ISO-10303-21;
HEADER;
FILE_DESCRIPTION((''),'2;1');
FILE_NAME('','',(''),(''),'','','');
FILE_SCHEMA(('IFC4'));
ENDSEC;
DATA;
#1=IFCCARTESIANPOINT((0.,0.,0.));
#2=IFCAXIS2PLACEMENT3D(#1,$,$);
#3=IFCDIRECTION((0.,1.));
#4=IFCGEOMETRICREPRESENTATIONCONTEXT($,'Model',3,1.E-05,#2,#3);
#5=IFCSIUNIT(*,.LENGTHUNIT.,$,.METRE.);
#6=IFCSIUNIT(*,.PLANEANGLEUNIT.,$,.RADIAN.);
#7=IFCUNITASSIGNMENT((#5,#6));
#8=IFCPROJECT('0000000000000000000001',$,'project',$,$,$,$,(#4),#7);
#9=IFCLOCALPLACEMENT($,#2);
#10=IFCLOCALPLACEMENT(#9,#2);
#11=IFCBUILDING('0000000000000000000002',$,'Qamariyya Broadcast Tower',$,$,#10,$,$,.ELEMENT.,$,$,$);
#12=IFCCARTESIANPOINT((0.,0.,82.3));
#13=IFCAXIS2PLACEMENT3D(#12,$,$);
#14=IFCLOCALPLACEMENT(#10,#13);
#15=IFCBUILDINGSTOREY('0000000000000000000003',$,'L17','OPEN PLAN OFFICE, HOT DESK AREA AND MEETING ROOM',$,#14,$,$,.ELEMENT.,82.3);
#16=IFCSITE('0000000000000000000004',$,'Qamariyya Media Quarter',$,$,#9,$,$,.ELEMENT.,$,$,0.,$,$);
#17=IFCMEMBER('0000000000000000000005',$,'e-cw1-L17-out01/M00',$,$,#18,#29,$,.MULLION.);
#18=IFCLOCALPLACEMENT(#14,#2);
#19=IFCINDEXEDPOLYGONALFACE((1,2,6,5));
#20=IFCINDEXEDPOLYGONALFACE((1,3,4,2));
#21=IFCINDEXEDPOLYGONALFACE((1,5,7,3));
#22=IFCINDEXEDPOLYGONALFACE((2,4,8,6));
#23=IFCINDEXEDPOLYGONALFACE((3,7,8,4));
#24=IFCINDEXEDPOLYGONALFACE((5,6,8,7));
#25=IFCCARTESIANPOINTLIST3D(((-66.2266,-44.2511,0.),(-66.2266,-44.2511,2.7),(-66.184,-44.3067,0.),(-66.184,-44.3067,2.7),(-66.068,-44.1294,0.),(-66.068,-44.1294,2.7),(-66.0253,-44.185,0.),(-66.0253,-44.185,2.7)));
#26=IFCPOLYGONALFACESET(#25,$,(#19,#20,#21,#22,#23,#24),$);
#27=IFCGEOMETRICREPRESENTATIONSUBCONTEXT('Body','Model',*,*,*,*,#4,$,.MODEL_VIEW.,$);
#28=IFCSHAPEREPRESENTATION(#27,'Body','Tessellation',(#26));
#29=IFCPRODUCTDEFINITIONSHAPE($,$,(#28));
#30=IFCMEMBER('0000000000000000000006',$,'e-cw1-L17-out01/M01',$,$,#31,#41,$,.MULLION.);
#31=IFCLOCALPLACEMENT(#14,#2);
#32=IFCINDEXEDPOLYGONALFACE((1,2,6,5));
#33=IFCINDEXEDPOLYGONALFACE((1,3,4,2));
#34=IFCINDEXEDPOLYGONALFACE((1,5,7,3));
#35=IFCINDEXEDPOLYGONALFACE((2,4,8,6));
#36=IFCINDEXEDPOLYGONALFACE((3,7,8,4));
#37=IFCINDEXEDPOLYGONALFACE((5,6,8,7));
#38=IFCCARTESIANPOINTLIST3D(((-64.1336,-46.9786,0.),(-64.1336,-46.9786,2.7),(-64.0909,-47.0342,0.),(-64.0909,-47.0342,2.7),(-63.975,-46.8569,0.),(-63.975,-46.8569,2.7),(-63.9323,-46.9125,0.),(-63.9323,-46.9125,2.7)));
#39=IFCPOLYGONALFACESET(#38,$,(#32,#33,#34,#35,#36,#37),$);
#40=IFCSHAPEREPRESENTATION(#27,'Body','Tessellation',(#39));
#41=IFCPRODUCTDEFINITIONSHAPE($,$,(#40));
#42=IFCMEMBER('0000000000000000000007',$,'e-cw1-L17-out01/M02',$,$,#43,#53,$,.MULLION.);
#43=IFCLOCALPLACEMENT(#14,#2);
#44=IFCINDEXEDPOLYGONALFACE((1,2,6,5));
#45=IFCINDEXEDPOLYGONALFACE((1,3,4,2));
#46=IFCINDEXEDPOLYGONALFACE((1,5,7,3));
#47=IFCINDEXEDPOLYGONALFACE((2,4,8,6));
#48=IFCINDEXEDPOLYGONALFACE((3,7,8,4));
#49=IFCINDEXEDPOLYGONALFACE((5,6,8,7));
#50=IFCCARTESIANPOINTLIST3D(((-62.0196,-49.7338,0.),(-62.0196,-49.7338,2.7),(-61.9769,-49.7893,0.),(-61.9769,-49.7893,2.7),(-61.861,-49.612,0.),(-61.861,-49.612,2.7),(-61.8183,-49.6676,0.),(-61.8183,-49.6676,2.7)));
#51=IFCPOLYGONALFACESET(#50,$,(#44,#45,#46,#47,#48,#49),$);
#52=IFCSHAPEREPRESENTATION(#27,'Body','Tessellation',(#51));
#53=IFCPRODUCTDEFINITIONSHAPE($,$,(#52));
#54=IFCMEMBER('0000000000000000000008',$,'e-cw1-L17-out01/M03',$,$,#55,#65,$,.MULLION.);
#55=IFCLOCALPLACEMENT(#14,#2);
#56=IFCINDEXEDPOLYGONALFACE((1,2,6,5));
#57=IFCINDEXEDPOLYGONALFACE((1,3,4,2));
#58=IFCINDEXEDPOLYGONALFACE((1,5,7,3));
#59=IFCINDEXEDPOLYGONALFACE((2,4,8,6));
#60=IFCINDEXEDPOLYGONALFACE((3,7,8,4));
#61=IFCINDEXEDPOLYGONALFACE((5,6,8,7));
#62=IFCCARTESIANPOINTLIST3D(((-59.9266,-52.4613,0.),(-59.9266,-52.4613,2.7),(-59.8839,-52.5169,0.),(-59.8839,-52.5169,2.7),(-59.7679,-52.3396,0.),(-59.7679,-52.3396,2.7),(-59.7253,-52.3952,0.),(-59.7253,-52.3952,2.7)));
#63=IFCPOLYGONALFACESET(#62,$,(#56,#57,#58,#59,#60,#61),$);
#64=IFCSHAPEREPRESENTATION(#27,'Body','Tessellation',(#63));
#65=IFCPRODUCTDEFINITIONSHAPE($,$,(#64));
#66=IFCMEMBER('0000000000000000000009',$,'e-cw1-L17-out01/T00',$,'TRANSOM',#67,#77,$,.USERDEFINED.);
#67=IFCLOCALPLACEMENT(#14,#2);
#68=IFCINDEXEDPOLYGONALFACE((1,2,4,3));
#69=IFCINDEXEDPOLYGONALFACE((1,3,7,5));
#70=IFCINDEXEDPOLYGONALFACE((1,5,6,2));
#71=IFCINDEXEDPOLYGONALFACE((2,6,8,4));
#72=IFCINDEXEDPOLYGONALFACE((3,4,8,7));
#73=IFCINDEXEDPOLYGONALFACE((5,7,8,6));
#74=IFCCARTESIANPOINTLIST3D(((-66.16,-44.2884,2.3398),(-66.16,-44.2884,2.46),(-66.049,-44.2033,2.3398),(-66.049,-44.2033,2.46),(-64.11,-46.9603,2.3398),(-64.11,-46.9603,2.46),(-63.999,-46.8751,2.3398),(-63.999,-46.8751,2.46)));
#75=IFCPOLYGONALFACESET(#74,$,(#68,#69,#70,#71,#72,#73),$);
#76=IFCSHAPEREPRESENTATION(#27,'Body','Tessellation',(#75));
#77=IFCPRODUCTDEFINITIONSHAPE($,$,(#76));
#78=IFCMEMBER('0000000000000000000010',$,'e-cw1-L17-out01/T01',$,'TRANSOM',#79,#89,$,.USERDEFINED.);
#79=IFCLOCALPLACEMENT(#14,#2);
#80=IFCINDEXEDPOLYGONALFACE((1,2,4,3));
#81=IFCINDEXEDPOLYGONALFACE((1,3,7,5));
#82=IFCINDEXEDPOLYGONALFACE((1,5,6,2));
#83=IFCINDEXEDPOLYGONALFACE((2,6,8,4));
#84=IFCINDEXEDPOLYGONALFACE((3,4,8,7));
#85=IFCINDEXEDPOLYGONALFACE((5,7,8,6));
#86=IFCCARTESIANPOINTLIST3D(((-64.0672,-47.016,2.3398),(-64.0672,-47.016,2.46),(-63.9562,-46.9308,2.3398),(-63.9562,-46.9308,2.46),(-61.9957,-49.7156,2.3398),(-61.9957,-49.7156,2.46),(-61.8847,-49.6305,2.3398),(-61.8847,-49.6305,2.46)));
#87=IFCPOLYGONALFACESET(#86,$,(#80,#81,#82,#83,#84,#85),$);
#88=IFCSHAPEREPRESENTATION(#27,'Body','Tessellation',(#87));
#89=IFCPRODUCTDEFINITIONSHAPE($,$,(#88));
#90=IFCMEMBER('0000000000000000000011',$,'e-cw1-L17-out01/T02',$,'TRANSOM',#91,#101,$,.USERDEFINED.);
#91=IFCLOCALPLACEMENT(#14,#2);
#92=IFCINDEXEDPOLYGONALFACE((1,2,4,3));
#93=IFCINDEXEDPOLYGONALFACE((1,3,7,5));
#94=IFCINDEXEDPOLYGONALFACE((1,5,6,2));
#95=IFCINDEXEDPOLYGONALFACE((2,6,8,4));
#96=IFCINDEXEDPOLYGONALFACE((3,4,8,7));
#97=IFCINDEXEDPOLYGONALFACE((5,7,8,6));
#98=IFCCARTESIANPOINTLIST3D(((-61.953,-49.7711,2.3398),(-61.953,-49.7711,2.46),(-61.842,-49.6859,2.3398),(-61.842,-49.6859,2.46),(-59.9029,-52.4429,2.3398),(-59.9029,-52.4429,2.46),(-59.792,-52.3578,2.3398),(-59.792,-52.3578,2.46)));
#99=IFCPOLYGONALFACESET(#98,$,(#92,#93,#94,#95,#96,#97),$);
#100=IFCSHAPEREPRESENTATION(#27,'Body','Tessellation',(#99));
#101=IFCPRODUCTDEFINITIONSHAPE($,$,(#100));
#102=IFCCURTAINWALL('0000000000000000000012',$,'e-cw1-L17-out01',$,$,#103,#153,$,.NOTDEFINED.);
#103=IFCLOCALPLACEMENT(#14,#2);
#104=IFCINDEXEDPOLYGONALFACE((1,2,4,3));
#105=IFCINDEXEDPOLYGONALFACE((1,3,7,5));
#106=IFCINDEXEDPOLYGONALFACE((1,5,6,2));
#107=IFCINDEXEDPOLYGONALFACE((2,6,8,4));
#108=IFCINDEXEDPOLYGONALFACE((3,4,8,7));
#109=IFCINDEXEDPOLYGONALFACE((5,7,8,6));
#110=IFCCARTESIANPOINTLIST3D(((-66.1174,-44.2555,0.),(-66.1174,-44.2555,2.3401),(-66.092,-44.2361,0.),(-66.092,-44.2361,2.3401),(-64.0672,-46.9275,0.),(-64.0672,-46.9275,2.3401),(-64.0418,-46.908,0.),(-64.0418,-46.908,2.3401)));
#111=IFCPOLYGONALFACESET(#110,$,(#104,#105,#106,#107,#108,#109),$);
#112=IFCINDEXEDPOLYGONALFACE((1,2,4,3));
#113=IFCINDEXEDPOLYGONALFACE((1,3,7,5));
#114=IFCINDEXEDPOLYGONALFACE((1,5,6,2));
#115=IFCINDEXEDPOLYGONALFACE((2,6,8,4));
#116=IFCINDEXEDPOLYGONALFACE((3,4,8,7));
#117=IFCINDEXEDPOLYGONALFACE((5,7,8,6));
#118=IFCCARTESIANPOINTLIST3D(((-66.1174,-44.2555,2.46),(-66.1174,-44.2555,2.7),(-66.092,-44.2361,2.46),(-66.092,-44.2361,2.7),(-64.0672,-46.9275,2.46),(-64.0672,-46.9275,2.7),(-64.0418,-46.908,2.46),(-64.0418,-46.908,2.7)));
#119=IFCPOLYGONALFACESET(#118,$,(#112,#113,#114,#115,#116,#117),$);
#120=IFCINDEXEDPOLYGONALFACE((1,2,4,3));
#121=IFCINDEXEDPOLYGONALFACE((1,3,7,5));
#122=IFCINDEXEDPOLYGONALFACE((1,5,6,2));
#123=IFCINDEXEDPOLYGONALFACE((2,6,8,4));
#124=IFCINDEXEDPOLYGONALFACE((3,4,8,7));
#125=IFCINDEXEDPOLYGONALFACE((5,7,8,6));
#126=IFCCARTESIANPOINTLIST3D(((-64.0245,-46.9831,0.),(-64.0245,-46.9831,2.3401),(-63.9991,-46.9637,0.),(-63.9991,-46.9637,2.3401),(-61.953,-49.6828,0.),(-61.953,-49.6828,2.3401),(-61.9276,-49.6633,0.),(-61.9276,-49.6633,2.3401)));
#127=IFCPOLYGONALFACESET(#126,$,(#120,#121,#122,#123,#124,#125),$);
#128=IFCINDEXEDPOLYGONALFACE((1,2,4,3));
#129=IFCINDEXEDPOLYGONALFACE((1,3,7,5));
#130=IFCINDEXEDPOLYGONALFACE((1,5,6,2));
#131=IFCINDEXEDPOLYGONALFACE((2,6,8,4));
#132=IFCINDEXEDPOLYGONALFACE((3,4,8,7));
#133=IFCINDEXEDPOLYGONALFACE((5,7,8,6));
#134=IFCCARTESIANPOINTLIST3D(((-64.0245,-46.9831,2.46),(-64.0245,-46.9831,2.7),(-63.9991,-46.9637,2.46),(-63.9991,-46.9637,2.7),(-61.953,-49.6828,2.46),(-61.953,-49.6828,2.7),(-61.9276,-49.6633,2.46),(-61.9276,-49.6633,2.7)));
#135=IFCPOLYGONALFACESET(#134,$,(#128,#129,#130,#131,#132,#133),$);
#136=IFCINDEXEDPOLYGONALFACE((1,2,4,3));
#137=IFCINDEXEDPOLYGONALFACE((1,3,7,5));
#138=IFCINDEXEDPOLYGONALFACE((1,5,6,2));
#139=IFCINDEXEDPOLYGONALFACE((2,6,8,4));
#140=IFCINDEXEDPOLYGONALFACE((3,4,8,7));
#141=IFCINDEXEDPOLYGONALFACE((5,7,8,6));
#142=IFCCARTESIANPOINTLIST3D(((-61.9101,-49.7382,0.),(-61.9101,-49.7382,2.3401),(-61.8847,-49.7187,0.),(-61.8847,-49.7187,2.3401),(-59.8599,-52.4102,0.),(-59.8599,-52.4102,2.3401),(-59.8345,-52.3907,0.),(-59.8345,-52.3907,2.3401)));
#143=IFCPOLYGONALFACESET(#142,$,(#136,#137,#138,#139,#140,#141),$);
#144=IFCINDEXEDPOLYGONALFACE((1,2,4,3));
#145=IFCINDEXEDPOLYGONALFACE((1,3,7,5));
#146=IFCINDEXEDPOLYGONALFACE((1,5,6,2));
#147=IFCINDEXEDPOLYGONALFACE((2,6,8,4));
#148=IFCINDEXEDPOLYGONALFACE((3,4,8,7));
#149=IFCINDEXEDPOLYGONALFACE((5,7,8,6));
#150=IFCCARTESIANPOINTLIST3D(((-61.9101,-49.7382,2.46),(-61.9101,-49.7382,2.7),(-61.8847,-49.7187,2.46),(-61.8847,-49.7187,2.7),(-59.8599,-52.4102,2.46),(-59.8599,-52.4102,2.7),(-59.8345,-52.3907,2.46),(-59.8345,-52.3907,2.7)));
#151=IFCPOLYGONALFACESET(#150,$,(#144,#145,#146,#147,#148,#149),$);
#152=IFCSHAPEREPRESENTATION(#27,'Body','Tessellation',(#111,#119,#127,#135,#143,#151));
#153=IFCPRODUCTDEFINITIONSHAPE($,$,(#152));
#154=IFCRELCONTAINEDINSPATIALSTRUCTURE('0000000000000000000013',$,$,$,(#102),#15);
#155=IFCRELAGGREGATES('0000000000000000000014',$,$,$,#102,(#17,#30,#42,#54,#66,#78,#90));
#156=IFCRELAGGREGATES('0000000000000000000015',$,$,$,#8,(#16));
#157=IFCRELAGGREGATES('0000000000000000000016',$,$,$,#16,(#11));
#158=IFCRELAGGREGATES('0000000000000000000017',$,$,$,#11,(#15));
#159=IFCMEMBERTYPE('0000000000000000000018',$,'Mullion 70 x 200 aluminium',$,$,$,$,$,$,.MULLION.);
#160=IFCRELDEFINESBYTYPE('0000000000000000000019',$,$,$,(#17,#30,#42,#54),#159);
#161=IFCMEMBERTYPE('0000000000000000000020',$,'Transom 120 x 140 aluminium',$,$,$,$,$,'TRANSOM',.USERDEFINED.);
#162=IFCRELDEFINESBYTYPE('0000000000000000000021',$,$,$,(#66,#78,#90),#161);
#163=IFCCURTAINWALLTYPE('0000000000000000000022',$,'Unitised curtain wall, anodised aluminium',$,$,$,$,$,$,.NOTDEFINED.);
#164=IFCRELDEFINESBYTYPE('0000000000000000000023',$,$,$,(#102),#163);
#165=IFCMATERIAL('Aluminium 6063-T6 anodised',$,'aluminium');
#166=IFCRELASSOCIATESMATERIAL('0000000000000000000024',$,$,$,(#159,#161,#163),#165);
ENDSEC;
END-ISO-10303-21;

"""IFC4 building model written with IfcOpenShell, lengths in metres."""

from ifc_helpers import new_model, si_unit, direction, frame, origin, origin_2d, place, context, subcontext, project, spatial, rectangle, extrude, material, material_profile, profile_set, type_object, element, aggregate, save


model = new_model("IFC4")

# Units and contexts
model_context = context("Model", 3, precision=1e-05, world=origin(), true_north=direction((0.0, 1.0)))
body_context = subcontext(model_context, "Body", "Model", "MODEL_VIEW")
ifc_project = project(units=[si_unit("LENGTHUNIT", "METRE"), si_unit("PLANEANGLEUNIT", "RADIAN")], contexts=[model_context])

# Members
ifc_material_1 = material(Name="Aluminium 6063-T6 anodised", Category="aluminium")
ifc_material_profile_1 = material_profile(ifc_material_1, rectangle(XDim=0.2, YDim=0.0701, at=origin_2d()))
ifc_profile_set_1 = profile_set([ifc_material_profile_1], Name="Aluminium 6063-T6 anodised")
member_type_1 = type_object("IfcMemberType", Name="Mullion 70 x 200 aluminium", PredefinedType="MULLION", material=ifc_profile_set_1)
site_placement = place(None, origin())
building_placement = place(site_placement, origin())
storey_placement = place(building_placement, frame((0.0, 0.0, 82.3)))
member_1_placement = place(storey_placement, frame((-66.126, -44.218, 0.0), z_axis=(0.0, 0.0, 1.0), x_axis=(0.793353, 0.608761, 0.0)))
member_1 = element("IfcMember", 1, at=member_1_placement, type_object=member_type_1, Name="e-cw1-L17-out01/M00", PredefinedType="MULLION", context=body_context, shape_type="SweptSolid", body=[
    extrude(rectangle(XDim=0.2, YDim=0.0701, at=origin_2d()), origin(), (0.0, 0.0, 1.0), 2.7),
])
member_2_placement = place(storey_placement, frame((-64.033, -46.9456, 0.0), z_axis=(0.0, 0.0, 1.0), x_axis=(0.793353, 0.608761, 0.0)))
member_2 = element("IfcMember", 2, at=member_2_placement, type_object=member_type_1, Name="e-cw1-L17-out01/M01", PredefinedType="MULLION", context=body_context, shape_type="SweptSolid", body=[
    extrude(rectangle(XDim=0.2, YDim=0.0701, at=origin_2d()), origin(), (0.0, 0.0, 1.0), 2.7),
])
member_3_placement = place(storey_placement, frame((-61.9189, -49.7007, 0.0), z_axis=(0.0, 0.0, 1.0), x_axis=(0.793353, 0.608761, 0.0)))
member_3 = element("IfcMember", 3, at=member_3_placement, type_object=member_type_1, Name="e-cw1-L17-out01/M02", PredefinedType="MULLION", context=body_context, shape_type="SweptSolid", body=[
    extrude(rectangle(XDim=0.2, YDim=0.0701, at=origin_2d()), origin(), (0.0, 0.0, 1.0), 2.7),
])
member_4_placement = place(storey_placement, frame((-59.8259, -52.4282, 0.0), z_axis=(0.0, 0.0, 1.0), x_axis=(0.793353, 0.608761, 0.0)))
member_4 = element("IfcMember", 4, at=member_4_placement, type_object=member_type_1, Name="e-cw1-L17-out01/M03", PredefinedType="MULLION", context=body_context, shape_type="SweptSolid", body=[
    extrude(rectangle(XDim=0.2, YDim=0.0701, at=origin_2d()), origin(), (0.0, 0.0, 1.0), 2.7),
])
ifc_material_profile_2 = material_profile(ifc_material_1, rectangle(XDim=0.1399, YDim=0.1201, at=origin_2d()))
ifc_profile_set_2 = profile_set([ifc_material_profile_2], Name="Aluminium 6063-T6 anodised")
member_type_2 = type_object("IfcMemberType", Name="Transom 120 x 140 aluminium", ElementType="TRANSOM", PredefinedType="USERDEFINED", material=ifc_profile_set_2)
member_5_placement = place(storey_placement, frame((-66.1045, -44.2458, 2.3999), z_axis=(0.608733, -0.793375, 0.0), x_axis=(0.793375, 0.608733, 0.0)))
member_5 = element("IfcMember", 5, at=member_5_placement, type_object=member_type_2, Name="e-cw1-L17-out01/T00", ObjectType="TRANSOM", PredefinedType="USERDEFINED", context=body_context, shape_type="SweptSolid", body=[
    extrude(rectangle(XDim=0.1399, YDim=0.1201, at=origin_2d()), origin(), (0.0, 0.0, 1.0), 3.3677),
])
member_6_placement = place(storey_placement, frame((-64.0117, -46.9734, 2.3999), z_axis=(0.608757, -0.793357, 0.0), x_axis=(0.793357, 0.608757, 0.0)))
member_6 = element("IfcMember", 6, at=member_6_placement, type_object=member_type_2, Name="e-cw1-L17-out01/T01", ObjectType="TRANSOM", PredefinedType="USERDEFINED", context=body_context, shape_type="SweptSolid", body=[
    extrude(rectangle(XDim=0.1399, YDim=0.1201, at=origin_2d()), origin(), (0.0, 0.0, 1.0), 3.4028),
])
member_7_placement = place(storey_placement, frame((-61.8975, -49.7285, 2.3999), z_axis=(0.608733, -0.793375, 0.0), x_axis=(0.793375, 0.608733, 0.0)))
member_7 = element("IfcMember", 7, at=member_7_placement, type_object=member_type_2, Name="e-cw1-L17-out01/T02", ObjectType="TRANSOM", PredefinedType="USERDEFINED", context=body_context, shape_type="SweptSolid", body=[
    extrude(rectangle(XDim=0.1399, YDim=0.1201, at=origin_2d()), origin(), (0.0, 0.0, 1.0), 3.3677),
])

# Site, building, storey
site = spatial("IfcSite", under=ifc_project, at=site_placement, Name="Qamariyya Media Quarter", CompositionType="ELEMENT", RefElevation=0.0)
building = spatial("IfcBuilding", under=site, at=building_placement, Name="Qamariyya Broadcast Tower", CompositionType="ELEMENT")
storey = spatial("IfcBuildingStorey", under=building, at=storey_placement, Name="L17", Description="OPEN PLAN OFFICE, HOT DESK AREA AND MEETING ROOM", CompositionType="ELEMENT", Elevation=82.3)

# Curtain wall
curtain_wall_type = type_object("IfcCurtainWallType", Name="Unitised curtain wall, anodised aluminium", PredefinedType="NOTDEFINED", material=ifc_material_1)
curtain_wall_1_placement = place(storey_placement, origin())
curtain_wall_1 = element("IfcCurtainWall", 8, at=curtain_wall_1_placement, inside=storey, type_object=curtain_wall_type, Name="e-cw1-L17-out01", PredefinedType="NOTDEFINED", context=body_context, shape_type="SweptSolid", body=[
    extrude(rectangle(XDim=3.3679, YDim=0.032, at=origin_2d()), frame((-65.0796, -45.5818, 0.0), x_axis=(0.608756, -0.793358, 0.0)), (0.0, 0.0, 1.0), 2.3401),
    extrude(rectangle(XDim=3.3679, YDim=0.032, at=origin_2d()), frame((-65.0796, -45.5818, 2.46), x_axis=(0.608756, -0.793358, 0.0)), (0.0, 0.0, 1.0), 0.24),
    extrude(rectangle(XDim=3.4028, YDim=0.032, at=origin_2d()), frame((-62.9761, -48.3232, 0.0), x_axis=(0.608756, -0.793358, 0.0)), (0.0, 0.0, 1.0), 2.3401),
    extrude(rectangle(XDim=3.4028, YDim=0.032, at=origin_2d()), frame((-62.9761, -48.3232, 2.46), x_axis=(0.608756, -0.793358, 0.0)), (0.0, 0.0, 1.0), 0.24),
    extrude(rectangle(XDim=3.3679, YDim=0.032, at=origin_2d()), frame((-60.8723, -51.0645, 0.0), x_axis=(0.608756, -0.793358, 0.0)), (0.0, 0.0, 1.0), 2.3401),
    extrude(rectangle(XDim=3.3679, YDim=0.032, at=origin_2d()), frame((-60.8723, -51.0645, 2.46), x_axis=(0.608756, -0.793358, 0.0)), (0.0, 0.0, 1.0), 0.24),
])
aggregate(curtain_wall_1, [member_1, member_2, member_3, member_4, member_5, member_6, member_7])

save(model, "model.ifc")
